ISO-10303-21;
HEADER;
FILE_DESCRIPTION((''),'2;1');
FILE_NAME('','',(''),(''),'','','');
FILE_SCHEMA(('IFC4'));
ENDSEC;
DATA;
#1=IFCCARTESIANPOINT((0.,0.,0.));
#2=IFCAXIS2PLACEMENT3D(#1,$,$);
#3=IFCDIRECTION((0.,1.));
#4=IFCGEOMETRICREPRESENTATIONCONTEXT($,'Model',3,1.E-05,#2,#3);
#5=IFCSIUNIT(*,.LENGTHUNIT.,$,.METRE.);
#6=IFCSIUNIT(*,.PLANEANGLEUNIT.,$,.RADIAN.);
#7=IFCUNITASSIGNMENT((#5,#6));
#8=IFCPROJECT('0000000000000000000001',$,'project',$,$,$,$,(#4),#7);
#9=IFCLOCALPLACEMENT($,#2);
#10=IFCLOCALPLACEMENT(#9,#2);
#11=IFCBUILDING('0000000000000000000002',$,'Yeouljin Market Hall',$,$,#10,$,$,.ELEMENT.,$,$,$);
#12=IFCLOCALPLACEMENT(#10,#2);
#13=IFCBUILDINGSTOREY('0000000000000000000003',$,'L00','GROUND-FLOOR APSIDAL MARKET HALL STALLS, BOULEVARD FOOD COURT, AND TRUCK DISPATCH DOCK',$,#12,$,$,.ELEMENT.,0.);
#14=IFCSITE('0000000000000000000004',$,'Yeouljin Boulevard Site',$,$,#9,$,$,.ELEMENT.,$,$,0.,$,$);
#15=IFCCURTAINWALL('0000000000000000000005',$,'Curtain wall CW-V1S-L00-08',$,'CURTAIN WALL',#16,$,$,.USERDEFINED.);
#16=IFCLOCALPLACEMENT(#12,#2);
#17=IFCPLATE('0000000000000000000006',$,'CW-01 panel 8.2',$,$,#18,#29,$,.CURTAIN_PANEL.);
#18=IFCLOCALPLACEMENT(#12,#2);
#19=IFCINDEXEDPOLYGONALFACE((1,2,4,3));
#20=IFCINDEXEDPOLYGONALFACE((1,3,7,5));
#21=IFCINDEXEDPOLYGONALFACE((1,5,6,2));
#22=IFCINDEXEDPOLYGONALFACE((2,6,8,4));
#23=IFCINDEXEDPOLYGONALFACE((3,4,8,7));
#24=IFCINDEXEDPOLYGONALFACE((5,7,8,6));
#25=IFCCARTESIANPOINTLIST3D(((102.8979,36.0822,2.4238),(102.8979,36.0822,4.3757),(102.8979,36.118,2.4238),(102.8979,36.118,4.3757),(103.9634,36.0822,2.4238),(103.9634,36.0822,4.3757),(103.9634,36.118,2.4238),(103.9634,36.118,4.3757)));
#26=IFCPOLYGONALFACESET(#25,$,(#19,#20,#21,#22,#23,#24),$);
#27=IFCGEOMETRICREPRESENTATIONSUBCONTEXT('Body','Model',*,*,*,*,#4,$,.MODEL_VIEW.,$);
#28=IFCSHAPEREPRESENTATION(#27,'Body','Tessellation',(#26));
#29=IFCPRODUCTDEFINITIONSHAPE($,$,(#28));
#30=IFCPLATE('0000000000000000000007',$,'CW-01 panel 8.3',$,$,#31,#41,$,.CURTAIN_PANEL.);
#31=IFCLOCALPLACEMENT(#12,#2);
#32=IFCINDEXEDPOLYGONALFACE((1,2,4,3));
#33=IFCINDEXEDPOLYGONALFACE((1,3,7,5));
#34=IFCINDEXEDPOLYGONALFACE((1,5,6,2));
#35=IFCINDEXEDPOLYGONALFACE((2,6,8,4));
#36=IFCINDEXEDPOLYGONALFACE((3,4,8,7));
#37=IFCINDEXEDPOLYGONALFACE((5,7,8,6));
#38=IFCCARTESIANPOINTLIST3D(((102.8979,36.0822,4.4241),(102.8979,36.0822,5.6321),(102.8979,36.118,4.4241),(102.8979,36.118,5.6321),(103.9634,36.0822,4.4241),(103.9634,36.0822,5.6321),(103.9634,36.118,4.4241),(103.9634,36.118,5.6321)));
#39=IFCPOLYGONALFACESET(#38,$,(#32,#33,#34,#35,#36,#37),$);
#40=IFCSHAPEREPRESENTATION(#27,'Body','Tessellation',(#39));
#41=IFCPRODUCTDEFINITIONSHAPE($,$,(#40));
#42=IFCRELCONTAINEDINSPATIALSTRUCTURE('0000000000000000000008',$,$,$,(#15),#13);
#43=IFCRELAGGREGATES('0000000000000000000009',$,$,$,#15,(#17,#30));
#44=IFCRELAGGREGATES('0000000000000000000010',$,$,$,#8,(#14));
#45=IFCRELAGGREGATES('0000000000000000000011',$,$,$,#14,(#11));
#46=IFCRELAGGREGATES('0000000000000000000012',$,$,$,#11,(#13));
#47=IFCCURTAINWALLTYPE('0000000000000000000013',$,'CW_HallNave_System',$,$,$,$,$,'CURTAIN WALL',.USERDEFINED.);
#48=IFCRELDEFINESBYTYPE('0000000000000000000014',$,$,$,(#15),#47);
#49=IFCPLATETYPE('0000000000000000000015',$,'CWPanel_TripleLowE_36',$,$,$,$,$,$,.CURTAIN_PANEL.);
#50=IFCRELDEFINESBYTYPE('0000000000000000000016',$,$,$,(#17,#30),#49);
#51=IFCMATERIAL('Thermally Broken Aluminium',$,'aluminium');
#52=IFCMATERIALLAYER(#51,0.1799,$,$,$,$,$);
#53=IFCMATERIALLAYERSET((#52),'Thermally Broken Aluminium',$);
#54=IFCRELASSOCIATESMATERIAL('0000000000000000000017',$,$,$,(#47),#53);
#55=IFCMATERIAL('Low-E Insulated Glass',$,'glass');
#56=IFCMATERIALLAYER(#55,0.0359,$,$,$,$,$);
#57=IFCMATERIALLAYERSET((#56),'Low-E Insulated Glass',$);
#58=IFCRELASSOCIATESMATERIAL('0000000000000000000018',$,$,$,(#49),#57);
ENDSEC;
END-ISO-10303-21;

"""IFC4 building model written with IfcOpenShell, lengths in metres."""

from ifc_helpers import new_model, si_unit, direction, frame, origin, origin_2d, place, context, subcontext, project, spatial, rectangle, extrude, material, layer, layer_set, type_object, element, aggregate, save


model = new_model("IFC4")

# Units and contexts
model_context = context("Model", 3, precision=1e-05, world=origin(), true_north=direction((0.0, 1.0)))
body_context = subcontext(model_context, "Body", "Model", "MODEL_VIEW")
ifc_project = project(units=[si_unit("LENGTHUNIT", "METRE"), si_unit("PLANEANGLEUNIT", "RADIAN")], contexts=[model_context])

# Site, building, storey
site_placement = place(None, origin())
site = spatial("IfcSite", under=ifc_project, at=site_placement, Name="Yeouljin Boulevard Site", CompositionType="ELEMENT", RefElevation=0.0)
building_placement = place(site_placement, origin())
building = spatial("IfcBuilding", under=site, at=building_placement, Name="Yeouljin Market Hall", CompositionType="ELEMENT")
storey_placement = place(building_placement, origin())
storey = spatial("IfcBuildingStorey", under=building, at=storey_placement, Name="L00", Description="GROUND-FLOOR APSIDAL MARKET HALL STALLS, BOULEVARD FOOD COURT, AND TRUCK DISPATCH DOCK", CompositionType="ELEMENT", Elevation=0.0)

# Curtain wall
ifc_material_1 = material(Name="Thermally Broken Aluminium", Category="aluminium")
ifc_layer_1 = layer(ifc_material_1, 0.1799)
ifc_layer_set_1 = layer_set([ifc_layer_1], Name="Thermally Broken Aluminium")
curtain_wall_type = type_object("IfcCurtainWallType", Name="CW_HallNave_System", ElementType="CURTAIN WALL", PredefinedType="USERDEFINED", material=ifc_layer_set_1)
curtain_wall_1_placement = place(storey_placement, origin())
curtain_wall_1 = element("IfcCurtainWall", 1, at=curtain_wall_1_placement, inside=storey, type_object=curtain_wall_type, Name="Curtain wall CW-V1S-L00-08", ObjectType="CURTAIN WALL", PredefinedType="USERDEFINED")

# Plates
ifc_material_2 = material(Name="Low-E Insulated Glass", Category="glass")
ifc_layer_2 = layer(ifc_material_2, 0.0359)
ifc_layer_set_2 = layer_set([ifc_layer_2], Name="Low-E Insulated Glass")
plate_type = type_object("IfcPlateType", Name="CWPanel_TripleLowE_36", PredefinedType="CURTAIN_PANEL", material=ifc_layer_set_2)
plate_1_placement = place(storey_placement, frame((103.4307, 36.1001, 2.4238), z_axis=(0.0, 0.0, 1.0), x_axis=(-1.0, 0.0, 0.0)))
plate_1 = element("IfcPlate", 2, at=plate_1_placement, type_object=plate_type, Name="CW-01 panel 8.2", PredefinedType="CURTAIN_PANEL", context=body_context, shape_type="SweptSolid", body=[
    extrude(rectangle(XDim=1.0654, YDim=0.0359, at=origin_2d()), origin(), (0.0, 0.0, 1.0), 1.9519),
])
plate_2_placement = place(storey_placement, frame((103.4307, 36.1001, 4.4241), z_axis=(0.0, 0.0, 1.0), x_axis=(-1.0, 0.0, 0.0)))
plate_2 = element("IfcPlate", 3, at=plate_2_placement, type_object=plate_type, Name="CW-01 panel 8.3", PredefinedType="CURTAIN_PANEL", context=body_context, shape_type="SweptSolid", body=[
    extrude(rectangle(XDim=1.0654, YDim=0.0359, at=origin_2d()), origin(), (0.0, 0.0, 1.0), 1.208),
])
aggregate(curtain_wall_1, [plate_1, plate_2])

save(model, "model.ifc")
